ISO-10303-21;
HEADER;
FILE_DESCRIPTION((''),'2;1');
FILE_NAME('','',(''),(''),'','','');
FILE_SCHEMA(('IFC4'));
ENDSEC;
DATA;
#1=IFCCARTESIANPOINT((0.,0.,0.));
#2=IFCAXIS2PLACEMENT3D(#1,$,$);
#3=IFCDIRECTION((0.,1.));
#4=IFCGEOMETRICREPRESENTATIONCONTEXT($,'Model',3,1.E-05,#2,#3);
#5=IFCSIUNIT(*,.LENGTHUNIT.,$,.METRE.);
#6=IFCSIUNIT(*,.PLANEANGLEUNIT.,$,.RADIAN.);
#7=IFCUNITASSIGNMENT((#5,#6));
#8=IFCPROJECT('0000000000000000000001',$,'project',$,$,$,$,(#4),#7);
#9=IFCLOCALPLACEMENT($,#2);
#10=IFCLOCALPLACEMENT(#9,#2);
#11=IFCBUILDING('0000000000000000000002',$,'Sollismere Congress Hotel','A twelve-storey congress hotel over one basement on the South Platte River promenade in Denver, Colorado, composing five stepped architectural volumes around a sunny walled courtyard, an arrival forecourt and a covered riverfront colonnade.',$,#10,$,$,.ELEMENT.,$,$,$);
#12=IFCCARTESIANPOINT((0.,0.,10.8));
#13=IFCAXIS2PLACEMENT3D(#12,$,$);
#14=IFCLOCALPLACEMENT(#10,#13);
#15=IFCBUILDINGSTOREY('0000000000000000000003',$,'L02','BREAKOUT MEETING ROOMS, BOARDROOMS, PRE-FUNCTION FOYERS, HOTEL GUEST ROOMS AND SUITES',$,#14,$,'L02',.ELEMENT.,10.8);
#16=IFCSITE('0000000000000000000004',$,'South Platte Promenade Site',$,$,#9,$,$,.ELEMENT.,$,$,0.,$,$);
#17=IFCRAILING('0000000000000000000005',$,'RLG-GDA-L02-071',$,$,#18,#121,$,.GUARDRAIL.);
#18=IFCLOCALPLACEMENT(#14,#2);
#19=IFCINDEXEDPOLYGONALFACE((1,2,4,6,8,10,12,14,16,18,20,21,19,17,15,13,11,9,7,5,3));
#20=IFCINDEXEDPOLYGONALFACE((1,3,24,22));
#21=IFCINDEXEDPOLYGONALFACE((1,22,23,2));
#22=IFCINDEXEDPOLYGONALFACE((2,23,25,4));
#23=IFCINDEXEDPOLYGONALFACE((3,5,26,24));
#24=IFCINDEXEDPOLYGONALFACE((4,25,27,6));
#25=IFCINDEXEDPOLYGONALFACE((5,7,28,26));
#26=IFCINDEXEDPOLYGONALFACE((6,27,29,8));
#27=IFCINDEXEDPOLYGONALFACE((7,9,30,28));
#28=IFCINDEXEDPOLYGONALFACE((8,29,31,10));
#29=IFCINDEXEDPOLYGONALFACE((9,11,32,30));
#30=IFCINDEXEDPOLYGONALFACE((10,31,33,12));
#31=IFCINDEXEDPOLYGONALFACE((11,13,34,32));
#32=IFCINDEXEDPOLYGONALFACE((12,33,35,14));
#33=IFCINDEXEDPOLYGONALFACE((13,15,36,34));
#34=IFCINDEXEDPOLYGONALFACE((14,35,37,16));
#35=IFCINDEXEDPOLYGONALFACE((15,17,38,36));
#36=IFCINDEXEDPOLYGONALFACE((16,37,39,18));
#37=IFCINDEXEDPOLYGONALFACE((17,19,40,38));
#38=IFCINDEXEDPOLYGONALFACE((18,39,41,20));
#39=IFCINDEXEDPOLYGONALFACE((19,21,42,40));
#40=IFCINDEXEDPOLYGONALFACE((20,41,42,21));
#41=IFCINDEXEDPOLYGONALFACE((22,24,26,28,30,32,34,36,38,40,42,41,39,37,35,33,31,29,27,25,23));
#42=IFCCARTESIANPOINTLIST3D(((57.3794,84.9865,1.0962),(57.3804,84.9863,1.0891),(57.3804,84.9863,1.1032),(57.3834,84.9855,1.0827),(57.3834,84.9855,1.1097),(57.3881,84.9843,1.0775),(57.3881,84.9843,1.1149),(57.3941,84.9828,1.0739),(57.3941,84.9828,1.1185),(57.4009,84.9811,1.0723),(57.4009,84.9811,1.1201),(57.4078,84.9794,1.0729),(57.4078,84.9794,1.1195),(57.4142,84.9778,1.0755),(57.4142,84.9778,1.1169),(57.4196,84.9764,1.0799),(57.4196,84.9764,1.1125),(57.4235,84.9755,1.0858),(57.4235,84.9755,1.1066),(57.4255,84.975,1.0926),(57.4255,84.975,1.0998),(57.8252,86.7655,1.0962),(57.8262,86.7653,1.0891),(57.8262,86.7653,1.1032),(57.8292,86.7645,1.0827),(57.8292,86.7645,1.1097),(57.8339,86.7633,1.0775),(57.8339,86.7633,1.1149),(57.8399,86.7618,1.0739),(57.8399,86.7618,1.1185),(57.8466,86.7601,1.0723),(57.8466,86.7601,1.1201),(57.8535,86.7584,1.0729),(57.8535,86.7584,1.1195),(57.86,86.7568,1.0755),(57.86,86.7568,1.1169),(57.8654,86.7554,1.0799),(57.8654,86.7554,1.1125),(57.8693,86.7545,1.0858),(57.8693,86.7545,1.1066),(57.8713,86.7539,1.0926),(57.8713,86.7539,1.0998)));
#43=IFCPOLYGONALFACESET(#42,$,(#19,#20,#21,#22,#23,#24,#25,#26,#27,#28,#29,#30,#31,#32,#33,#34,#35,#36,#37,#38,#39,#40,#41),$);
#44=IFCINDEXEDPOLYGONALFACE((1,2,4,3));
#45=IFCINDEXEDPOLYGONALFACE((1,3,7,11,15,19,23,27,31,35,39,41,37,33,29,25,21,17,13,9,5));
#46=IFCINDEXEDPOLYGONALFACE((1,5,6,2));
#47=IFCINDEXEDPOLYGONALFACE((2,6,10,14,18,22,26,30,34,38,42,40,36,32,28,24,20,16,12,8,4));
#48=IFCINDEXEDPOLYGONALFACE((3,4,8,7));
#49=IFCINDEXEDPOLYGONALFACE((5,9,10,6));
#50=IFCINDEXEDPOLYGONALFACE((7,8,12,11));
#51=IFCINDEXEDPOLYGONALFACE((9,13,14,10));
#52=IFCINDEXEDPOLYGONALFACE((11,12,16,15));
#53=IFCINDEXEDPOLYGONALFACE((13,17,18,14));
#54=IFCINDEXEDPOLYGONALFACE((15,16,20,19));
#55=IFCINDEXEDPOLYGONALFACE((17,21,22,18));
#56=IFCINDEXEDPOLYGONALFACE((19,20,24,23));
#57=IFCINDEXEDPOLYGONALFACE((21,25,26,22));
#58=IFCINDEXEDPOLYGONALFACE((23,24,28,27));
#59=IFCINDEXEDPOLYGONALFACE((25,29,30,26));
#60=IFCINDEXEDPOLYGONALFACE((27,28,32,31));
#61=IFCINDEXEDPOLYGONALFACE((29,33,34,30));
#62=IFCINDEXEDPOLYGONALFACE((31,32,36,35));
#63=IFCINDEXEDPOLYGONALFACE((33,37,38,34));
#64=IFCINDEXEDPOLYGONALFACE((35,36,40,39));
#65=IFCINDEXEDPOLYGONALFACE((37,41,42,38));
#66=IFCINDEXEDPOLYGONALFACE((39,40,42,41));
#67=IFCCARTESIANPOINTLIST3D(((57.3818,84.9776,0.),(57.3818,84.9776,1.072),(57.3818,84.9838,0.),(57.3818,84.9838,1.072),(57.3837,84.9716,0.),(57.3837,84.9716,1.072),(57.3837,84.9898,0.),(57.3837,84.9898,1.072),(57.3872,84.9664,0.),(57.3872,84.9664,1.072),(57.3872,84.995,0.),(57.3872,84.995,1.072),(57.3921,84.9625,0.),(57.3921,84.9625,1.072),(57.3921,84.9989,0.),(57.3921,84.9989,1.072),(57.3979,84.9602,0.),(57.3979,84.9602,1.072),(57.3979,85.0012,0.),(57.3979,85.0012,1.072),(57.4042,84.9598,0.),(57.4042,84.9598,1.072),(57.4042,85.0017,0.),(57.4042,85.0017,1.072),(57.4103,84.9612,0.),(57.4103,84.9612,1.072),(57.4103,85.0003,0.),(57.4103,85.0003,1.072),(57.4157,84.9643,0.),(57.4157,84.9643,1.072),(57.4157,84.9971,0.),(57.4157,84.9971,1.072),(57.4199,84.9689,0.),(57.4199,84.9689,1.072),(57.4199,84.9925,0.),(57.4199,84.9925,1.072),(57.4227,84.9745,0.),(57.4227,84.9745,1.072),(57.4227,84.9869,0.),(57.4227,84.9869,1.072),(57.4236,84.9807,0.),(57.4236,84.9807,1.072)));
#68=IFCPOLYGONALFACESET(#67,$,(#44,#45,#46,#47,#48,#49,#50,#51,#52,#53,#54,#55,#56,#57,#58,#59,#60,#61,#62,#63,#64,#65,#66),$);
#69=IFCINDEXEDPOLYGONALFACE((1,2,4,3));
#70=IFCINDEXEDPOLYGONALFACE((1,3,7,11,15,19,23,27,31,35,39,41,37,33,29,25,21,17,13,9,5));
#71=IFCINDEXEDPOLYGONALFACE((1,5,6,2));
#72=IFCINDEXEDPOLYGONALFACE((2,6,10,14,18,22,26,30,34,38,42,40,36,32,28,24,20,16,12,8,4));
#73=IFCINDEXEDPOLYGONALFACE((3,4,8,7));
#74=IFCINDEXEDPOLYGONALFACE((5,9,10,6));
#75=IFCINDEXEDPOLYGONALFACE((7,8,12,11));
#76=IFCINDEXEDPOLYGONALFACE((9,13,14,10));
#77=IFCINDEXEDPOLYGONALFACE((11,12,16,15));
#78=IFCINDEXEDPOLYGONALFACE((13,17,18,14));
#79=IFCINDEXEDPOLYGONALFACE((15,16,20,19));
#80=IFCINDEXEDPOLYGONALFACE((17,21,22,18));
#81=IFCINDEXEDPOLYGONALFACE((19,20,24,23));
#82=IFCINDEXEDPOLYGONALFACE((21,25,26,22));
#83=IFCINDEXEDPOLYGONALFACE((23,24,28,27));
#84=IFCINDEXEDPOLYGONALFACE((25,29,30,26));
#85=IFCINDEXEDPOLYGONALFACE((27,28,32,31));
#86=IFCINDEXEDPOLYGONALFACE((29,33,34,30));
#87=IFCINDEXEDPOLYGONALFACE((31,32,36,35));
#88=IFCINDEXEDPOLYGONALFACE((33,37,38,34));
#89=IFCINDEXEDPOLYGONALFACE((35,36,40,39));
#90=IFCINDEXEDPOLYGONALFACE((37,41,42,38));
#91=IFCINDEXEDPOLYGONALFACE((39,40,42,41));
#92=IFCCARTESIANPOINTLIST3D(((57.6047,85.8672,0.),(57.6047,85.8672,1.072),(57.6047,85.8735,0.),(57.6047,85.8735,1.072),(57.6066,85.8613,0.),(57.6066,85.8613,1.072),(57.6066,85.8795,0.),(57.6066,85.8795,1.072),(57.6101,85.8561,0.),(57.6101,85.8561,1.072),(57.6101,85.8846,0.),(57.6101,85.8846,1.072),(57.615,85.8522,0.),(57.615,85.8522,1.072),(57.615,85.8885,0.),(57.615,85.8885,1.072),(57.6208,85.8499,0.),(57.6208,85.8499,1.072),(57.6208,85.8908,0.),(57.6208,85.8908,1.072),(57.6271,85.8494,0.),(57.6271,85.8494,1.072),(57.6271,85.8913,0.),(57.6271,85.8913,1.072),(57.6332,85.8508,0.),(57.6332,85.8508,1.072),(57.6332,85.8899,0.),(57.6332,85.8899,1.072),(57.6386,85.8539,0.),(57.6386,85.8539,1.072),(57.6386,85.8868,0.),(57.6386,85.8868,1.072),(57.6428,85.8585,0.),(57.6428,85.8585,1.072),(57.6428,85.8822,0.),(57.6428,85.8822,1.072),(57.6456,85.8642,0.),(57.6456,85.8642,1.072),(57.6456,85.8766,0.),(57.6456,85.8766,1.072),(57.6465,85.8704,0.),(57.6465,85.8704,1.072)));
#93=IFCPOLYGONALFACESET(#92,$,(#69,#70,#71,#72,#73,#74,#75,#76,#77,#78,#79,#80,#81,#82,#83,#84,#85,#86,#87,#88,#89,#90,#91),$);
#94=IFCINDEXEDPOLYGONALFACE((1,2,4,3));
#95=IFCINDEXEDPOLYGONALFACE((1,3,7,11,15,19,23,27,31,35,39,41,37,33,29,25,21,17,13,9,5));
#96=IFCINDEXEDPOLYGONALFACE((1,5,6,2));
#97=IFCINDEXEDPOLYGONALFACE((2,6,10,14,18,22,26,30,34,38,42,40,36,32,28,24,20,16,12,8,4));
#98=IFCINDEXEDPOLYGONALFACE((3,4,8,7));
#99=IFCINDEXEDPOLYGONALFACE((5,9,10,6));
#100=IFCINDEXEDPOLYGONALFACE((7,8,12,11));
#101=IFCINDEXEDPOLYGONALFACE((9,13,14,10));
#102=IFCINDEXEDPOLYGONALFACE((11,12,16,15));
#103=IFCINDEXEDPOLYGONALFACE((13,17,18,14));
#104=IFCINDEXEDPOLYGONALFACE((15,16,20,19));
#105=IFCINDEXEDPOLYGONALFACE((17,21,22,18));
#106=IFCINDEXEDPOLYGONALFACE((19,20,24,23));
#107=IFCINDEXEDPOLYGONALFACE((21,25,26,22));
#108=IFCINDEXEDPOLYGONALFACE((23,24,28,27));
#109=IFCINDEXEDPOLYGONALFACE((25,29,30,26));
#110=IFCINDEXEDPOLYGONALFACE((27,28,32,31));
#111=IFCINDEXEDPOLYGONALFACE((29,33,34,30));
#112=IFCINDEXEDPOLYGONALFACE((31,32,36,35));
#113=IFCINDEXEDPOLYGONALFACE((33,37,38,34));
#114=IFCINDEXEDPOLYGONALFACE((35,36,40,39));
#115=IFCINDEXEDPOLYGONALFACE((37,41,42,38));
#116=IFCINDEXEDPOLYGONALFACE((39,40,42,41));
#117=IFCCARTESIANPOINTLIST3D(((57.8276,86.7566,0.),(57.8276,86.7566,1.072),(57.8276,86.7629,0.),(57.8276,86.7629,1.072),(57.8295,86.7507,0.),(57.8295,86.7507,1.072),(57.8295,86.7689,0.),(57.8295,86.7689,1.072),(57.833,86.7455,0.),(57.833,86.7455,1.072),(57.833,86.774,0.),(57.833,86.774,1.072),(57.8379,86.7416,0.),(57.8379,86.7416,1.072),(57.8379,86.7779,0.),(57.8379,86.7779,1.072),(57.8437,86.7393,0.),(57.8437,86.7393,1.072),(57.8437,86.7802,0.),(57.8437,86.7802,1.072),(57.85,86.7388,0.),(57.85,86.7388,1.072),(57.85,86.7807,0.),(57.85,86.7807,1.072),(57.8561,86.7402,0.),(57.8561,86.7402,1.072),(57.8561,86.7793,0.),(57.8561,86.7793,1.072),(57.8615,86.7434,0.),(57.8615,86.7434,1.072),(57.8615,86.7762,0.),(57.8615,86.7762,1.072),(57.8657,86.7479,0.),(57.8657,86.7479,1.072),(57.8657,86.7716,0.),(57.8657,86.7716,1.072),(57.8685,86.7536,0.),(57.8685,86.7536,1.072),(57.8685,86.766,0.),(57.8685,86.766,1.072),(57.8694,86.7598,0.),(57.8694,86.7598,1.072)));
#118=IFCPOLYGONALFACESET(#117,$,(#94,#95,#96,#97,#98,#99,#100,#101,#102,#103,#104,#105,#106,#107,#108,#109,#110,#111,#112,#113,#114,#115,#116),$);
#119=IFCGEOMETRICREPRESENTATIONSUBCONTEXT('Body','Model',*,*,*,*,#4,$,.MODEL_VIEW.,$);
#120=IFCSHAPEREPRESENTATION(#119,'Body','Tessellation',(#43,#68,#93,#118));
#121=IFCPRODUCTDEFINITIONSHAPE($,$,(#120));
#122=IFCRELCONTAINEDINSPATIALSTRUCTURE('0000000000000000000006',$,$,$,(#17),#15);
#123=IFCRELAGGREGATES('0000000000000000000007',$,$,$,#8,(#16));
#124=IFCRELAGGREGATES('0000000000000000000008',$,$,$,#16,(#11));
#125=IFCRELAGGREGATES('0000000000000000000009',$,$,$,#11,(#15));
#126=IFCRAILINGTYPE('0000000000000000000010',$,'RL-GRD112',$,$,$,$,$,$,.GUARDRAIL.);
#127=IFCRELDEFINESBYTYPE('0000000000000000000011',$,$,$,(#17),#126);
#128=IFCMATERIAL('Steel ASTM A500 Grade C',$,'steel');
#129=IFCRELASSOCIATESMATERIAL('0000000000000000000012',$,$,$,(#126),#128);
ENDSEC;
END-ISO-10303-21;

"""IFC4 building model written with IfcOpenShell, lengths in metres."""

from ifc_helpers import new_model, si_unit, direction, frame, origin, origin_2d, place, context, subcontext, project, spatial, circle, extrude, material, type_object, element, save


model = new_model("IFC4")

# Units and contexts
model_context = context("Model", 3, precision=1e-05, world=origin(), true_north=direction((0.0, 1.0)))
body_context = subcontext(model_context, "Body", "Model", "MODEL_VIEW")
ifc_project = project(units=[si_unit("LENGTHUNIT", "METRE"), si_unit("PLANEANGLEUNIT", "RADIAN")], contexts=[model_context])

# Site, building, storey
site_placement = place(None, origin())
site = spatial("IfcSite", under=ifc_project, at=site_placement, Name="South Platte Promenade Site", CompositionType="ELEMENT", RefElevation=0.0)
building_placement = place(site_placement, origin())
building = spatial("IfcBuilding", under=site, at=building_placement, Name="Sollismere Congress Hotel", Description="A twelve-storey congress hotel over one basement on the South Platte River promenade in Denver, Colorado, composing five stepped architectural volumes around a sunny walled courtyard, an arrival forecourt and a covered riverfront colonnade.", CompositionType="ELEMENT")
storey_placement = place(building_placement, frame((0.0, 0.0, 10.8)))
storey = spatial("IfcBuildingStorey", under=building, at=storey_placement, Name="L02", Description="BREAKOUT MEETING ROOMS, BOARDROOMS, PRE-FUNCTION FOYERS, HOTEL GUEST ROOMS AND SUITES", LongName="L02", CompositionType="ELEMENT", Elevation=10.8)

# Shared definitions
ifc_material_1 = material(Name="Steel ASTM A500 Grade C", Category="steel")

# Railing
railing_type = type_object("IfcRailingType", Name="RL-GRD112", PredefinedType="GUARDRAIL", material=ifc_material_1)
railing_1_placement = place(storey_placement, frame((57.4026, 84.9807, 0.0)))
element("IfcRailing", 1, at=railing_1_placement, inside=storey, type_object=railing_type, Name="RLG-GDA-L02-071", PredefinedType="GUARDRAIL", context=body_context, shape_type="SweptSolid", body=[
    extrude(circle(Radius=0.0239, at=origin_2d()), frame((0.0, 0.0, 1.0962), z_axis=(0.243068, 0.970009, 0.0), x_axis=(-0.970009, 0.243068, 0.0)), (0.0, 0.0, 1.0), 1.834),
    extrude(circle(Radius=0.021, at=origin_2d()), origin(), (0.0, 0.0, 1.0), 1.072),
    extrude(circle(Radius=0.021, at=origin_2d()), frame((0.2229, 0.8896, 0.0)), (0.0, 0.0, 1.0), 1.072),
    extrude(circle(Radius=0.021, at=origin_2d()), frame((0.4458, 1.7791, 0.0)), (0.0, 0.0, 1.0), 1.072),
])

save(model, "model.ifc")
